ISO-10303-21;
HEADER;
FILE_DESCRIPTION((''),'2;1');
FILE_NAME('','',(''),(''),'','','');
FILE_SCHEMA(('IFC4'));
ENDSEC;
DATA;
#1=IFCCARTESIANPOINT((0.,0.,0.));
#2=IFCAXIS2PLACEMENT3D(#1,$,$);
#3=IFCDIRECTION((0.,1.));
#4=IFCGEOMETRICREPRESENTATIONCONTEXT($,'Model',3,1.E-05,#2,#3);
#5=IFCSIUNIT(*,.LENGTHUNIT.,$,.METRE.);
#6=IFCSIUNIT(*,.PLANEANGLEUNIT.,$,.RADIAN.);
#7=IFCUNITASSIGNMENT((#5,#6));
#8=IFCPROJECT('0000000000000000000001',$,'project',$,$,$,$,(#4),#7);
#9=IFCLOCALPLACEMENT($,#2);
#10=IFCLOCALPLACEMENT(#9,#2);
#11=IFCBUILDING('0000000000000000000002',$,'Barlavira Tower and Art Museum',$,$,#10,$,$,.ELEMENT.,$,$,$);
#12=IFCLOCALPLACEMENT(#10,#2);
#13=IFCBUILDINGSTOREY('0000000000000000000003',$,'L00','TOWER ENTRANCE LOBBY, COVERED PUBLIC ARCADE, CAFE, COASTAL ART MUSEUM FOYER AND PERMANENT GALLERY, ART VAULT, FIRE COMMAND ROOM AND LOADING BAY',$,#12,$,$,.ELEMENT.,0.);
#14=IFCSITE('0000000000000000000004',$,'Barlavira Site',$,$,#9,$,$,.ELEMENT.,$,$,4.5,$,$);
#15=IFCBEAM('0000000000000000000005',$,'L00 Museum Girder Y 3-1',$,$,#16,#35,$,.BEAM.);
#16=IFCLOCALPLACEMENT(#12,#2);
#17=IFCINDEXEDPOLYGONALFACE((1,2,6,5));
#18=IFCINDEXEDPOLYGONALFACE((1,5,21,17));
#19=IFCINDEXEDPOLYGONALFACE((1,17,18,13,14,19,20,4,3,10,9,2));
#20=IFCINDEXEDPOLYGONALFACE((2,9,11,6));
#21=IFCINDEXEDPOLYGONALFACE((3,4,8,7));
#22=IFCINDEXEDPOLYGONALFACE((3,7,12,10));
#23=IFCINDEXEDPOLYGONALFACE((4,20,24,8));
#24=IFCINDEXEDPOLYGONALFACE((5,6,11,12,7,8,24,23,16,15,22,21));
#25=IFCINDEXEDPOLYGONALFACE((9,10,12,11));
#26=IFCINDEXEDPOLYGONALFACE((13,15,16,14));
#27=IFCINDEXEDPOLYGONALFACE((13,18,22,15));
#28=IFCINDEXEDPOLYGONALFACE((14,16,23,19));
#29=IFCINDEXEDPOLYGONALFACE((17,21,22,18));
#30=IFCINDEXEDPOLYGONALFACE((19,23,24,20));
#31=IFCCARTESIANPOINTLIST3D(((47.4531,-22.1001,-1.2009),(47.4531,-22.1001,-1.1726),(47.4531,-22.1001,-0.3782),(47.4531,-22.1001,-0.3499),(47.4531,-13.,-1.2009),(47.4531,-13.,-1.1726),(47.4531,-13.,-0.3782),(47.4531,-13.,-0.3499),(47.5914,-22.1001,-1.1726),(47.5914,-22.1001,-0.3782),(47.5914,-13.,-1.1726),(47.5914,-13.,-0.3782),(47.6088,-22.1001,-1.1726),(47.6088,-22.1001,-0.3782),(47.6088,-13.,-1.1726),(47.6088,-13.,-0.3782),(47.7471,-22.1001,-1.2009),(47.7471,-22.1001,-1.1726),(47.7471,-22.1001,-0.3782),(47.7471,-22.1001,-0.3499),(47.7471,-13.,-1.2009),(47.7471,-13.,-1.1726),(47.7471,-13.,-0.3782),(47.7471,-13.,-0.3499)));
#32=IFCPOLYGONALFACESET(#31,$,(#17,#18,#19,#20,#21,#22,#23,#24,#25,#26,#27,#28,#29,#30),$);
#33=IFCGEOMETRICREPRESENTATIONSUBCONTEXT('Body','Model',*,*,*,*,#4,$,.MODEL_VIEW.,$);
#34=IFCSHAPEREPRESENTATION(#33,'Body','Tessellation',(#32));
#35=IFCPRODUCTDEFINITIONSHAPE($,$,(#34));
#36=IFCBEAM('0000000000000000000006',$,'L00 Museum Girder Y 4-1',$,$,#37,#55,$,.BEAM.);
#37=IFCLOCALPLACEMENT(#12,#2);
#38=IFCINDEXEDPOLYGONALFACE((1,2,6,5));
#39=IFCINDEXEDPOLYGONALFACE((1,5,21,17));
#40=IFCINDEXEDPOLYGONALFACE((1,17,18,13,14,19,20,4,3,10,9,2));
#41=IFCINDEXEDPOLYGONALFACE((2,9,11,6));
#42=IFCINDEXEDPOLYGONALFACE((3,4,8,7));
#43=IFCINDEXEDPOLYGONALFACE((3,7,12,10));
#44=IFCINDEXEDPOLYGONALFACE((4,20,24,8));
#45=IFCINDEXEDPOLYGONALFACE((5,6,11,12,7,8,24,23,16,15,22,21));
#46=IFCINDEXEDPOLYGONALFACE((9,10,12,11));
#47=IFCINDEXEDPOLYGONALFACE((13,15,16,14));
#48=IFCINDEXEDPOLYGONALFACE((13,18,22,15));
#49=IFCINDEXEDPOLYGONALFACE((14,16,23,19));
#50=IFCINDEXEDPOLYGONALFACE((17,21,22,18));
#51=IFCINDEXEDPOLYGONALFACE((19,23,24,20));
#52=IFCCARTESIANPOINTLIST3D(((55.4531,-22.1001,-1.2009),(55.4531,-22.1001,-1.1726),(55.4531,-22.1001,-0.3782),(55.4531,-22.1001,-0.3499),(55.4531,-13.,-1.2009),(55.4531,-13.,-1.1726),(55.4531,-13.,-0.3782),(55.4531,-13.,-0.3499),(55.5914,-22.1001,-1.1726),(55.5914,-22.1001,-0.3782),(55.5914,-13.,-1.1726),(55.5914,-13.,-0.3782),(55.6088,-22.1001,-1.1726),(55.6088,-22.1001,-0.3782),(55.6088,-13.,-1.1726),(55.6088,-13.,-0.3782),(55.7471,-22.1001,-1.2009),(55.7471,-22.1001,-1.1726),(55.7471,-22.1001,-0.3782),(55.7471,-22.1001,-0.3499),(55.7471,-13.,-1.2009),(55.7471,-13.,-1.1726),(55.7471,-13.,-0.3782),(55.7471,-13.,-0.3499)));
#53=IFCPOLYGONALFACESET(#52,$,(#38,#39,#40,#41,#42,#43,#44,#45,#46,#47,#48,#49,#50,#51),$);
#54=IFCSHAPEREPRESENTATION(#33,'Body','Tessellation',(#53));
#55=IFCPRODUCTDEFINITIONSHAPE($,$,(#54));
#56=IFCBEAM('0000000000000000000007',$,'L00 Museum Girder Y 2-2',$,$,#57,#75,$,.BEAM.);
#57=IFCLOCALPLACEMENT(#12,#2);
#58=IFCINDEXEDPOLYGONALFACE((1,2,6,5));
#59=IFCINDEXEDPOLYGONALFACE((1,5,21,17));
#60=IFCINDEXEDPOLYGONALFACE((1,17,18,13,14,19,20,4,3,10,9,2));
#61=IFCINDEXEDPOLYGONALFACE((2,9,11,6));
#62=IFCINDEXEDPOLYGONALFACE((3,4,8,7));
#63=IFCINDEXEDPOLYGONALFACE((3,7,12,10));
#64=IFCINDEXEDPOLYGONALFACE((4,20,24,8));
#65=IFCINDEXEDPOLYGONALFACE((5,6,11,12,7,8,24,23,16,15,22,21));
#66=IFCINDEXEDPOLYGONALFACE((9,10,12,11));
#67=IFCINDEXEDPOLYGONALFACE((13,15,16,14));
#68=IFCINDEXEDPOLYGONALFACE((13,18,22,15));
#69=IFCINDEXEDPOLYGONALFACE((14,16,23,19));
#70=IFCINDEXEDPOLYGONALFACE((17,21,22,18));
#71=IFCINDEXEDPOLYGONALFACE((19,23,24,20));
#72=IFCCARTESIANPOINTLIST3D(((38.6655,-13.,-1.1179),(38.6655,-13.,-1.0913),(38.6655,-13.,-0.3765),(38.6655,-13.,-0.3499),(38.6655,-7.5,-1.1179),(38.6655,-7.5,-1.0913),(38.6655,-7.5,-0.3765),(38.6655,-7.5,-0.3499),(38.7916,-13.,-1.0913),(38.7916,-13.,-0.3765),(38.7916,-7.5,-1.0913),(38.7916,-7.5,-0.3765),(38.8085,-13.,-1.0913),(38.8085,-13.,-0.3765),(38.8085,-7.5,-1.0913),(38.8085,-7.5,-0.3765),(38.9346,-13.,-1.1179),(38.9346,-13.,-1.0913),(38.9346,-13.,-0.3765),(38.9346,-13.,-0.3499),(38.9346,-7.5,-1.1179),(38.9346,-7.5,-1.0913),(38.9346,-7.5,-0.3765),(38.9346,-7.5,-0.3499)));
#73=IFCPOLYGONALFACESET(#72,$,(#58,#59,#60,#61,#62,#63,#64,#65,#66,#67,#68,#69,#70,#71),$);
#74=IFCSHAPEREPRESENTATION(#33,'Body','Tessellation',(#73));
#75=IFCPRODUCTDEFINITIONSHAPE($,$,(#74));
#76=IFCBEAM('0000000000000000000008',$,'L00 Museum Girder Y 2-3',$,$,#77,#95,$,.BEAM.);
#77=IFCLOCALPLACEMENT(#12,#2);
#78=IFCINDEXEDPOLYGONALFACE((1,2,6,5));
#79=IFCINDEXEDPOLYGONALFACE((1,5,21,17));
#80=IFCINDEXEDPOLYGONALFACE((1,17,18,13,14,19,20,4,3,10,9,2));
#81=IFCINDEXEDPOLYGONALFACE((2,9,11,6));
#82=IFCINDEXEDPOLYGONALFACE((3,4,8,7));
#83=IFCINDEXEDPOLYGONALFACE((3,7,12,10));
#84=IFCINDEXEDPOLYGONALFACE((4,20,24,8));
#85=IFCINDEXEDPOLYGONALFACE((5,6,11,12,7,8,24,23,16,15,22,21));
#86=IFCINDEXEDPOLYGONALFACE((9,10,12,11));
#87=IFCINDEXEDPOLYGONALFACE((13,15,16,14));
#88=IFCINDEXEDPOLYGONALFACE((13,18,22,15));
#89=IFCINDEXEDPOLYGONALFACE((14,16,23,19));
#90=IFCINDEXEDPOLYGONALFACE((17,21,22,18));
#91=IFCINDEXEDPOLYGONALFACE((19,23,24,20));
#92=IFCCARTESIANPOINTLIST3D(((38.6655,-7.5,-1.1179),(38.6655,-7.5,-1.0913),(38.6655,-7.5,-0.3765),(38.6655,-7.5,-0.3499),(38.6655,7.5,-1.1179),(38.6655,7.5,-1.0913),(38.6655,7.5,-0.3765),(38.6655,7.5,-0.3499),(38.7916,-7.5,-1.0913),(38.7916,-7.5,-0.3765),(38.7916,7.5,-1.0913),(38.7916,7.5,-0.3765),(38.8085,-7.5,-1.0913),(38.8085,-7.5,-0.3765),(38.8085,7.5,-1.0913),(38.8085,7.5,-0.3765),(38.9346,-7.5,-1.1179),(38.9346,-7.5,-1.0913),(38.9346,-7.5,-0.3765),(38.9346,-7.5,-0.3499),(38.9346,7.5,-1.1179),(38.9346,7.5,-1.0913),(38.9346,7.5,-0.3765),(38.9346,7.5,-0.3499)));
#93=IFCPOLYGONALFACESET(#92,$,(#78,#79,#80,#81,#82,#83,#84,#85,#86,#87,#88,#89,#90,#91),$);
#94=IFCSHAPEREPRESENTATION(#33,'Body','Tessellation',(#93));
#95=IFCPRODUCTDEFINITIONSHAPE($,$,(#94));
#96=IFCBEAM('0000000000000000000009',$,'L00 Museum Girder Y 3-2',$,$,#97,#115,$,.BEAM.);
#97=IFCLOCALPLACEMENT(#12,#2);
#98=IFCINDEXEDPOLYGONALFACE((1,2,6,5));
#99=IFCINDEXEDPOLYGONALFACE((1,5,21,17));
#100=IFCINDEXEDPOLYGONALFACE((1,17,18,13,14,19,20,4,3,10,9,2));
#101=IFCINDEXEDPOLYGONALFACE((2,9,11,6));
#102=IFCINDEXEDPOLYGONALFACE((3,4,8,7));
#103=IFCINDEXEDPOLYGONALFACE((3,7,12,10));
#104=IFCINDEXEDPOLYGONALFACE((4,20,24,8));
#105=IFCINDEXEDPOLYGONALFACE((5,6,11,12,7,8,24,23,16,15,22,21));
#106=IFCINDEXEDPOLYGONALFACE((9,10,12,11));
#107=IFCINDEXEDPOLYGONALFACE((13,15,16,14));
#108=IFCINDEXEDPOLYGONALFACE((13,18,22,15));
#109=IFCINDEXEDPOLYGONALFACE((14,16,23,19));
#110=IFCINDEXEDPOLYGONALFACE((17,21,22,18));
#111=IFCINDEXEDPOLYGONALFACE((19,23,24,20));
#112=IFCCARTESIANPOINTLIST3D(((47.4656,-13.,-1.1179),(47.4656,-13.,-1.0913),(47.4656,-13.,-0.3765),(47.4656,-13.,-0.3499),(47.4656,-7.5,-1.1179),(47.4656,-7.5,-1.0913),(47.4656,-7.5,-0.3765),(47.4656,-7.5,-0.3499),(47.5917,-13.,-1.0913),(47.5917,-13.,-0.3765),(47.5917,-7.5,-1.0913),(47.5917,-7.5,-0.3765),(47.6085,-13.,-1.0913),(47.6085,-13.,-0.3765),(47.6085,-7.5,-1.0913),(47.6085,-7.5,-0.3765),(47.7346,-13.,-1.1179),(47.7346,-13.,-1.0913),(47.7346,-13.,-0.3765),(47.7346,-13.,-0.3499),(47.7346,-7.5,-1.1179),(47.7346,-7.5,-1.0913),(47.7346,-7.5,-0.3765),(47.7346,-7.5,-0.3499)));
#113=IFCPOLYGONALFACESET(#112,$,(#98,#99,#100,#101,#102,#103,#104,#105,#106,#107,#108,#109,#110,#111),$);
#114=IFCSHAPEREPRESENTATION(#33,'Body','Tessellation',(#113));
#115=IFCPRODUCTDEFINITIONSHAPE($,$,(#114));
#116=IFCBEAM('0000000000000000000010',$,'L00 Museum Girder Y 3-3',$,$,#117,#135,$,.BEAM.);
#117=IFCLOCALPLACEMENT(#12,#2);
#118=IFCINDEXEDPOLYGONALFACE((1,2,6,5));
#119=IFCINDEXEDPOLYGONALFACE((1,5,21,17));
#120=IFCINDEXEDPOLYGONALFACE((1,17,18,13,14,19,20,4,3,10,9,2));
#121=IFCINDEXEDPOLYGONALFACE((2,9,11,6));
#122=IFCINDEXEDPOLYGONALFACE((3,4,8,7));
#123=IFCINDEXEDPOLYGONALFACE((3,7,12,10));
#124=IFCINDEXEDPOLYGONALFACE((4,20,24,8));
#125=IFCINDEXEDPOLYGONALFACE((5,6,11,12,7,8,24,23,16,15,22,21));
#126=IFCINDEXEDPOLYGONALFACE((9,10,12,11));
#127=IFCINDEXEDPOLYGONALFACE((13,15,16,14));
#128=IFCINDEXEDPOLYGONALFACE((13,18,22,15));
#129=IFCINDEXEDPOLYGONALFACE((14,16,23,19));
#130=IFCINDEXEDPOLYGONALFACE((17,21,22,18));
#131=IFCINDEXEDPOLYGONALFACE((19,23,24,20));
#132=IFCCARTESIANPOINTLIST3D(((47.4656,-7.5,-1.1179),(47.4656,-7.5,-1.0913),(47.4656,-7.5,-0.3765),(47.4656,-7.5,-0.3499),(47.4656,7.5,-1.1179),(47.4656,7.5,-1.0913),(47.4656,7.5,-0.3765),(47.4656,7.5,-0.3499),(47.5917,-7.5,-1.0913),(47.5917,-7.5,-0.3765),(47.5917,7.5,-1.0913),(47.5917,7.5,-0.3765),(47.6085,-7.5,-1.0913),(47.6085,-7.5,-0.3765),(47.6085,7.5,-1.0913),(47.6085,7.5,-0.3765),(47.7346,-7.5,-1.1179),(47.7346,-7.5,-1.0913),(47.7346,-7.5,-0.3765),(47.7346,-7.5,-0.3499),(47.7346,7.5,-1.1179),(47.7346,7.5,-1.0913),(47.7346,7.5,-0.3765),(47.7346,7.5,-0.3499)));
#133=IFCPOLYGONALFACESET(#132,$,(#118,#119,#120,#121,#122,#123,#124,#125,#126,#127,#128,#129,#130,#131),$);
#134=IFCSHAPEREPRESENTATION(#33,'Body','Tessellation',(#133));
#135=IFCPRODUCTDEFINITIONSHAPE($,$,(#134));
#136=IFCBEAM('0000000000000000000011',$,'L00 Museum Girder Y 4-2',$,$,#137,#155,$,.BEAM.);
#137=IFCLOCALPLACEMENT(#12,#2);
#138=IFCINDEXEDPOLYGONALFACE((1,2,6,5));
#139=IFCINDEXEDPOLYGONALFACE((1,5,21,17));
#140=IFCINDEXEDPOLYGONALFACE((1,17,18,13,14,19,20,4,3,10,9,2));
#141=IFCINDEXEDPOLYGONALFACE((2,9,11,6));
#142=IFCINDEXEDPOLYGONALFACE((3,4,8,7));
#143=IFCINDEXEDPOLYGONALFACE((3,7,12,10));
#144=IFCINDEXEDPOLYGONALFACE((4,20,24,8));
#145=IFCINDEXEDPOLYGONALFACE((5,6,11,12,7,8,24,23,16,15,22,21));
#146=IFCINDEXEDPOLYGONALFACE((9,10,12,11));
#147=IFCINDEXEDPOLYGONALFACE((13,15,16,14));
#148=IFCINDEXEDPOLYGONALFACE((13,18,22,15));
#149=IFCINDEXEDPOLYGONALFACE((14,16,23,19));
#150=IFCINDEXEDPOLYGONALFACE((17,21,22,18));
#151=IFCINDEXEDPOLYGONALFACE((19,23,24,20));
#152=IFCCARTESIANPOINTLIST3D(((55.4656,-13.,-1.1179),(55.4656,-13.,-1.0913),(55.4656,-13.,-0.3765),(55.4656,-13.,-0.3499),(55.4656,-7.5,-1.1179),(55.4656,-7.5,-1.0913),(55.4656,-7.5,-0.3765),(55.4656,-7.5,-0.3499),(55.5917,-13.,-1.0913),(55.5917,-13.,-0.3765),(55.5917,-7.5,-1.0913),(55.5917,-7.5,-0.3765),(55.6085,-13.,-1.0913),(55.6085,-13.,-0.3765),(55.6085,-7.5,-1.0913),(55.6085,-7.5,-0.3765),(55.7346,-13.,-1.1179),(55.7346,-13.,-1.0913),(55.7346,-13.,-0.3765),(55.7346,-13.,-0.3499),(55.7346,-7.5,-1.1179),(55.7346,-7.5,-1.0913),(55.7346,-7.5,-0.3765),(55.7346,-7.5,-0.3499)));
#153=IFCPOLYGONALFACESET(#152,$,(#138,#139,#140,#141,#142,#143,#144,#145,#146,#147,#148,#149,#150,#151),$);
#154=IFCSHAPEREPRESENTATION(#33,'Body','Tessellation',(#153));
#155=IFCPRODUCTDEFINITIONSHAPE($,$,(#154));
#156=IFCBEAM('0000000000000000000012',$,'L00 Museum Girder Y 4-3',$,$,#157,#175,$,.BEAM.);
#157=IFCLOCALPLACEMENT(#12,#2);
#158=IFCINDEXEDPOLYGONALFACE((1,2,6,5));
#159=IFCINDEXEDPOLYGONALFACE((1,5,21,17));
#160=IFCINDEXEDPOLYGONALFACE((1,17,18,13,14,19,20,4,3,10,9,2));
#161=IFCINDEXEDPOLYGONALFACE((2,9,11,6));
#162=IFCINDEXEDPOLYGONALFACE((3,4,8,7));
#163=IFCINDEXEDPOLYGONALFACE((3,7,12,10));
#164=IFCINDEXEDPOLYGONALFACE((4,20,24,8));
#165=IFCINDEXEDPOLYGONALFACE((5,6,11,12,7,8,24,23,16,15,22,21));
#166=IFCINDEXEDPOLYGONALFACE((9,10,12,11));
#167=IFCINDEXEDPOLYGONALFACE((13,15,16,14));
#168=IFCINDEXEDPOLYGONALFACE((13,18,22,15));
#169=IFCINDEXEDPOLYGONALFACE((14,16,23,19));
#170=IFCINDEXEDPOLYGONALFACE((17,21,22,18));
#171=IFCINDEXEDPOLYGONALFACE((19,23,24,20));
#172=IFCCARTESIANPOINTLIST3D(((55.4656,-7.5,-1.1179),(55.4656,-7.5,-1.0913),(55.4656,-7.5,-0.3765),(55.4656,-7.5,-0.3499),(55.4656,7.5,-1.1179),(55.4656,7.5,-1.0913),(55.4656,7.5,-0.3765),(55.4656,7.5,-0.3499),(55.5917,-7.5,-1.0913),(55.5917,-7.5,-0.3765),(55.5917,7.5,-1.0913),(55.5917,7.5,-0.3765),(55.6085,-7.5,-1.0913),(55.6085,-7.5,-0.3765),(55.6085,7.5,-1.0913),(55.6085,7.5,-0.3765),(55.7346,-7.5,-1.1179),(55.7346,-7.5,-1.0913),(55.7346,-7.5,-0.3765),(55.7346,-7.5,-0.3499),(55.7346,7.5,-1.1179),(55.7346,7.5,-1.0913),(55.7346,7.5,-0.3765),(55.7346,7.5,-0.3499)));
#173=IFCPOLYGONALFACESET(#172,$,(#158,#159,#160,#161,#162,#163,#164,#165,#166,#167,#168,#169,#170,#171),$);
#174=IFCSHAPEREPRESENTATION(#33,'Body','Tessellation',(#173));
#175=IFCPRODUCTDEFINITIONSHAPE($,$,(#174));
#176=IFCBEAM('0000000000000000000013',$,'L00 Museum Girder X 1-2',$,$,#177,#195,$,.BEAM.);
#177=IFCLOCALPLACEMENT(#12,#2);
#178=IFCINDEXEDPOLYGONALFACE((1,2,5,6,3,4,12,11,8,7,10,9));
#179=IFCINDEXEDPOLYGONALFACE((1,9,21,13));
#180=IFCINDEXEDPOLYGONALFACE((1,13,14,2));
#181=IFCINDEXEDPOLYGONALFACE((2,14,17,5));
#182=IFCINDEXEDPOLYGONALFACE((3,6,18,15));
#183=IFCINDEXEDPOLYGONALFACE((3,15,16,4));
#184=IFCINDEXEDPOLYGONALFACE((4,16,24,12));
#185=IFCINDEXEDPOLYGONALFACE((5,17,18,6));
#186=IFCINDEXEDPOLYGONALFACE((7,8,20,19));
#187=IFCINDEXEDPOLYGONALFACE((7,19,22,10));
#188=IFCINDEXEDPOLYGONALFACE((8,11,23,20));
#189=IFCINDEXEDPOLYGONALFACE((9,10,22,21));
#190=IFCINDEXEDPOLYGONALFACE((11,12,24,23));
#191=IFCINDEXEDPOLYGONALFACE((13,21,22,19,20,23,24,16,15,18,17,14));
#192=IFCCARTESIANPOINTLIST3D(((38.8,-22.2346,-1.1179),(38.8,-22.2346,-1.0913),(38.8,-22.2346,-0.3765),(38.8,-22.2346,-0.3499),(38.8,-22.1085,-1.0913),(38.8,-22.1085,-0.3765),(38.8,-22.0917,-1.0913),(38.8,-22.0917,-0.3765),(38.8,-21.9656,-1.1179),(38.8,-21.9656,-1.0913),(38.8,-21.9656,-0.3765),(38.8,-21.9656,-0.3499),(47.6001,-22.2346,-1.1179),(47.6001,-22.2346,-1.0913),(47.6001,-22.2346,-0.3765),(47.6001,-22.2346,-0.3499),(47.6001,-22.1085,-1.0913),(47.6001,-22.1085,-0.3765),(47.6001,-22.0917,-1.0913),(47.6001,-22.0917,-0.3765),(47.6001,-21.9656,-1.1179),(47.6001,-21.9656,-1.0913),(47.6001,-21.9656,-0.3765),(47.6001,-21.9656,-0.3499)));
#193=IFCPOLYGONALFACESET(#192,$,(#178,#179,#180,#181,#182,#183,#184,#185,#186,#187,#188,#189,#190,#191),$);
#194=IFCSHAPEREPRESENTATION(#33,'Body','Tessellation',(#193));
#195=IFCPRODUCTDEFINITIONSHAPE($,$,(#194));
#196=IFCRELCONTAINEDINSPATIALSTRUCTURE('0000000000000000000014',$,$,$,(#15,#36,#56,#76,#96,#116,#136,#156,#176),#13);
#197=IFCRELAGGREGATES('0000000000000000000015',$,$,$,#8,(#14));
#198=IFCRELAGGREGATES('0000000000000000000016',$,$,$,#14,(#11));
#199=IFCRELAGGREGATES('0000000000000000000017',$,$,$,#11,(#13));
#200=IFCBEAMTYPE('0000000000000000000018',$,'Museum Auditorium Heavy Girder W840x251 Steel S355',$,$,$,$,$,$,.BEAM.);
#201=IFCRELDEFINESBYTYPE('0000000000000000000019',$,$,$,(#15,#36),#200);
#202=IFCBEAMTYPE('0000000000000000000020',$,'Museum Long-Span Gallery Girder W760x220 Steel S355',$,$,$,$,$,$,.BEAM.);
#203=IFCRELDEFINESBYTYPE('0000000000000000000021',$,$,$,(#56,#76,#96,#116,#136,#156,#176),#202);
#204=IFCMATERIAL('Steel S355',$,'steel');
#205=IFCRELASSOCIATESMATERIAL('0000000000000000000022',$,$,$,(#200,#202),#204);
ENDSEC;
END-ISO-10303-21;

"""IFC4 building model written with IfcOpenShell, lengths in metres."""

from ifc_helpers import new_model, si_unit, direction, frame, origin, origin_2d, place, context, subcontext, project, spatial, i_section, extrude, material, material_profile, profile_set, type_object, element, save


model = new_model("IFC4")

# Units and contexts
model_context = context("Model", 3, precision=1e-05, world=origin(), true_north=direction((0.0, 1.0)))
body_context = subcontext(model_context, "Body", "Model", "MODEL_VIEW")
ifc_project = project(units=[si_unit("LENGTHUNIT", "METRE"), si_unit("PLANEANGLEUNIT", "RADIAN")], contexts=[model_context])

# Site, building, storey
site_placement = place(None, origin())
site = spatial("IfcSite", under=ifc_project, at=site_placement, Name="Barlavira Site", CompositionType="ELEMENT", RefElevation=4.5)
building_placement = place(site_placement, origin())
building = spatial("IfcBuilding", under=site, at=building_placement, Name="Barlavira Tower and Art Museum", CompositionType="ELEMENT")
storey_placement = place(building_placement, origin())
storey = spatial("IfcBuildingStorey", under=building, at=storey_placement, Name="L00", Description="TOWER ENTRANCE LOBBY, COVERED PUBLIC ARCADE, CAFE, COASTAL ART MUSEUM FOYER AND PERMANENT GALLERY, ART VAULT, FIRE COMMAND ROOM AND LOADING BAY", CompositionType="ELEMENT", Elevation=0.0)

# Beams
ifc_material_1 = material(Name="Steel S355", Category="steel")
ifc_material_profile_1 = material_profile(ifc_material_1, i_section(OverallWidth=0.2939, OverallDepth=0.8511, WebThickness=0.0173, FlangeThickness=0.0283, at=origin_2d()), Name="W840x251.0")
ifc_profile_set_1 = profile_set([ifc_material_profile_1], Name="Steel S355")
beam_type_1 = type_object("IfcBeamType", Name="Museum Auditorium Heavy Girder W840x251 Steel S355", PredefinedType="BEAM", material=ifc_profile_set_1)
for number, where, z_axis, x_axis, name in (
    (1, (47.6001, -22.1001, -0.7754), (0.0, 1.0, 0.0), (-1.0, 0.0, 0.0), "L00 Museum Girder Y 3-1"),
    (2, (55.6001, -22.1001, -0.7754), (0.0, 1.0, 0.0), (-1.0, 0.0, 0.0), "L00 Museum Girder Y 4-1"),
):
    element("IfcBeam", number, at=place(storey_placement, frame(where, z_axis=z_axis, x_axis=x_axis)), inside=storey, type_object=beam_type_1, Name=name, PredefinedType="BEAM", context=body_context, shape_type="SweptSolid", body=[
        extrude(i_section(OverallWidth=0.2939, OverallDepth=0.8511, WebThickness=0.0173, FlangeThickness=0.0283, at=origin_2d()), origin(), (0.0, 0.0, 1.0), 9.1001),
    ])
ifc_material_profile_2 = material_profile(ifc_material_1, i_section(OverallWidth=0.269, OverallDepth=0.7681, WebThickness=0.0168, FlangeThickness=0.0266, at=origin_2d()), Name="W760x220.0")
ifc_profile_set_2 = profile_set([ifc_material_profile_2], Name="Steel S355")
beam_type_2 = type_object("IfcBeamType", Name="Museum Long-Span Gallery Girder W760x220 Steel S355", PredefinedType="BEAM", material=ifc_profile_set_2)
beam_1_placement = place(storey_placement, frame((38.8, -13.0, -0.7339), z_axis=(0.0, 1.0, 0.0), x_axis=(-1.0, 0.0, 0.0)))
element("IfcBeam", 3, at=beam_1_placement, inside=storey, type_object=beam_type_2, Name="L00 Museum Girder Y 2-2", PredefinedType="BEAM", context=body_context, shape_type="SweptSolid", body=[
    extrude(i_section(OverallWidth=0.269, OverallDepth=0.7681, WebThickness=0.0168, FlangeThickness=0.0266, at=origin_2d()), origin(), (0.0, 0.0, 1.0), 5.5),
])
beam_2_placement = place(storey_placement, frame((38.8, -7.5, -0.7339), z_axis=(0.0, 1.0, 0.0), x_axis=(-1.0, 0.0, 0.0)))
element("IfcBeam", 4, at=beam_2_placement, inside=storey, type_object=beam_type_2, Name="L00 Museum Girder Y 2-3", PredefinedType="BEAM", context=body_context, shape_type="SweptSolid", body=[
    extrude(i_section(OverallWidth=0.269, OverallDepth=0.7681, WebThickness=0.0168, FlangeThickness=0.0266, at=origin_2d()), origin(), (0.0, 0.0, 1.0), 15.0),
])
beam_3_placement = place(storey_placement, frame((47.6001, -13.0, -0.7339), z_axis=(0.0, 1.0, 0.0), x_axis=(-1.0, 0.0, 0.0)))
element("IfcBeam", 5, at=beam_3_placement, inside=storey, type_object=beam_type_2, Name="L00 Museum Girder Y 3-2", PredefinedType="BEAM", context=body_context, shape_type="SweptSolid", body=[
    extrude(i_section(OverallWidth=0.269, OverallDepth=0.7681, WebThickness=0.0168, FlangeThickness=0.0266, at=origin_2d()), origin(), (0.0, 0.0, 1.0), 5.5),
])
beam_4_placement = place(storey_placement, frame((47.6001, -7.5, -0.7339), z_axis=(0.0, 1.0, 0.0), x_axis=(-1.0, 0.0, 0.0)))
element("IfcBeam", 6, at=beam_4_placement, inside=storey, type_object=beam_type_2, Name="L00 Museum Girder Y 3-3", PredefinedType="BEAM", context=body_context, shape_type="SweptSolid", body=[
    extrude(i_section(OverallWidth=0.269, OverallDepth=0.7681, WebThickness=0.0168, FlangeThickness=0.0266, at=origin_2d()), origin(), (0.0, 0.0, 1.0), 15.0),
])
beam_5_placement = place(storey_placement, frame((55.6001, -13.0, -0.7339), z_axis=(0.0, 1.0, 0.0), x_axis=(-1.0, 0.0, 0.0)))
element("IfcBeam", 7, at=beam_5_placement, inside=storey, type_object=beam_type_2, Name="L00 Museum Girder Y 4-2", PredefinedType="BEAM", context=body_context, shape_type="SweptSolid", body=[
    extrude(i_section(OverallWidth=0.269, OverallDepth=0.7681, WebThickness=0.0168, FlangeThickness=0.0266, at=origin_2d()), origin(), (0.0, 0.0, 1.0), 5.5),
])
beam_6_placement = place(storey_placement, frame((55.6001, -7.5, -0.7339), z_axis=(0.0, 1.0, 0.0), x_axis=(-1.0, 0.0, 0.0)))
element("IfcBeam", 8, at=beam_6_placement, inside=storey, type_object=beam_type_2, Name="L00 Museum Girder Y 4-3", PredefinedType="BEAM", context=body_context, shape_type="SweptSolid", body=[
    extrude(i_section(OverallWidth=0.269, OverallDepth=0.7681, WebThickness=0.0168, FlangeThickness=0.0266, at=origin_2d()), origin(), (0.0, 0.0, 1.0), 15.0),
])
beam_7_placement = place(storey_placement, frame((38.8, -22.1001, -0.7339), z_axis=(1.0, 0.0, 0.0), x_axis=(0.0, 1.0, 0.0)))
element("IfcBeam", 9, at=beam_7_placement, inside=storey, type_object=beam_type_2, Name="L00 Museum Girder X 1-2", PredefinedType="BEAM", context=body_context, shape_type="SweptSolid", body=[
    extrude(i_section(OverallWidth=0.269, OverallDepth=0.7681, WebThickness=0.0168, FlangeThickness=0.0266, at=origin_2d()), origin(), (0.0, 0.0, 1.0), 8.8),
])

save(model, "model.ifc")
